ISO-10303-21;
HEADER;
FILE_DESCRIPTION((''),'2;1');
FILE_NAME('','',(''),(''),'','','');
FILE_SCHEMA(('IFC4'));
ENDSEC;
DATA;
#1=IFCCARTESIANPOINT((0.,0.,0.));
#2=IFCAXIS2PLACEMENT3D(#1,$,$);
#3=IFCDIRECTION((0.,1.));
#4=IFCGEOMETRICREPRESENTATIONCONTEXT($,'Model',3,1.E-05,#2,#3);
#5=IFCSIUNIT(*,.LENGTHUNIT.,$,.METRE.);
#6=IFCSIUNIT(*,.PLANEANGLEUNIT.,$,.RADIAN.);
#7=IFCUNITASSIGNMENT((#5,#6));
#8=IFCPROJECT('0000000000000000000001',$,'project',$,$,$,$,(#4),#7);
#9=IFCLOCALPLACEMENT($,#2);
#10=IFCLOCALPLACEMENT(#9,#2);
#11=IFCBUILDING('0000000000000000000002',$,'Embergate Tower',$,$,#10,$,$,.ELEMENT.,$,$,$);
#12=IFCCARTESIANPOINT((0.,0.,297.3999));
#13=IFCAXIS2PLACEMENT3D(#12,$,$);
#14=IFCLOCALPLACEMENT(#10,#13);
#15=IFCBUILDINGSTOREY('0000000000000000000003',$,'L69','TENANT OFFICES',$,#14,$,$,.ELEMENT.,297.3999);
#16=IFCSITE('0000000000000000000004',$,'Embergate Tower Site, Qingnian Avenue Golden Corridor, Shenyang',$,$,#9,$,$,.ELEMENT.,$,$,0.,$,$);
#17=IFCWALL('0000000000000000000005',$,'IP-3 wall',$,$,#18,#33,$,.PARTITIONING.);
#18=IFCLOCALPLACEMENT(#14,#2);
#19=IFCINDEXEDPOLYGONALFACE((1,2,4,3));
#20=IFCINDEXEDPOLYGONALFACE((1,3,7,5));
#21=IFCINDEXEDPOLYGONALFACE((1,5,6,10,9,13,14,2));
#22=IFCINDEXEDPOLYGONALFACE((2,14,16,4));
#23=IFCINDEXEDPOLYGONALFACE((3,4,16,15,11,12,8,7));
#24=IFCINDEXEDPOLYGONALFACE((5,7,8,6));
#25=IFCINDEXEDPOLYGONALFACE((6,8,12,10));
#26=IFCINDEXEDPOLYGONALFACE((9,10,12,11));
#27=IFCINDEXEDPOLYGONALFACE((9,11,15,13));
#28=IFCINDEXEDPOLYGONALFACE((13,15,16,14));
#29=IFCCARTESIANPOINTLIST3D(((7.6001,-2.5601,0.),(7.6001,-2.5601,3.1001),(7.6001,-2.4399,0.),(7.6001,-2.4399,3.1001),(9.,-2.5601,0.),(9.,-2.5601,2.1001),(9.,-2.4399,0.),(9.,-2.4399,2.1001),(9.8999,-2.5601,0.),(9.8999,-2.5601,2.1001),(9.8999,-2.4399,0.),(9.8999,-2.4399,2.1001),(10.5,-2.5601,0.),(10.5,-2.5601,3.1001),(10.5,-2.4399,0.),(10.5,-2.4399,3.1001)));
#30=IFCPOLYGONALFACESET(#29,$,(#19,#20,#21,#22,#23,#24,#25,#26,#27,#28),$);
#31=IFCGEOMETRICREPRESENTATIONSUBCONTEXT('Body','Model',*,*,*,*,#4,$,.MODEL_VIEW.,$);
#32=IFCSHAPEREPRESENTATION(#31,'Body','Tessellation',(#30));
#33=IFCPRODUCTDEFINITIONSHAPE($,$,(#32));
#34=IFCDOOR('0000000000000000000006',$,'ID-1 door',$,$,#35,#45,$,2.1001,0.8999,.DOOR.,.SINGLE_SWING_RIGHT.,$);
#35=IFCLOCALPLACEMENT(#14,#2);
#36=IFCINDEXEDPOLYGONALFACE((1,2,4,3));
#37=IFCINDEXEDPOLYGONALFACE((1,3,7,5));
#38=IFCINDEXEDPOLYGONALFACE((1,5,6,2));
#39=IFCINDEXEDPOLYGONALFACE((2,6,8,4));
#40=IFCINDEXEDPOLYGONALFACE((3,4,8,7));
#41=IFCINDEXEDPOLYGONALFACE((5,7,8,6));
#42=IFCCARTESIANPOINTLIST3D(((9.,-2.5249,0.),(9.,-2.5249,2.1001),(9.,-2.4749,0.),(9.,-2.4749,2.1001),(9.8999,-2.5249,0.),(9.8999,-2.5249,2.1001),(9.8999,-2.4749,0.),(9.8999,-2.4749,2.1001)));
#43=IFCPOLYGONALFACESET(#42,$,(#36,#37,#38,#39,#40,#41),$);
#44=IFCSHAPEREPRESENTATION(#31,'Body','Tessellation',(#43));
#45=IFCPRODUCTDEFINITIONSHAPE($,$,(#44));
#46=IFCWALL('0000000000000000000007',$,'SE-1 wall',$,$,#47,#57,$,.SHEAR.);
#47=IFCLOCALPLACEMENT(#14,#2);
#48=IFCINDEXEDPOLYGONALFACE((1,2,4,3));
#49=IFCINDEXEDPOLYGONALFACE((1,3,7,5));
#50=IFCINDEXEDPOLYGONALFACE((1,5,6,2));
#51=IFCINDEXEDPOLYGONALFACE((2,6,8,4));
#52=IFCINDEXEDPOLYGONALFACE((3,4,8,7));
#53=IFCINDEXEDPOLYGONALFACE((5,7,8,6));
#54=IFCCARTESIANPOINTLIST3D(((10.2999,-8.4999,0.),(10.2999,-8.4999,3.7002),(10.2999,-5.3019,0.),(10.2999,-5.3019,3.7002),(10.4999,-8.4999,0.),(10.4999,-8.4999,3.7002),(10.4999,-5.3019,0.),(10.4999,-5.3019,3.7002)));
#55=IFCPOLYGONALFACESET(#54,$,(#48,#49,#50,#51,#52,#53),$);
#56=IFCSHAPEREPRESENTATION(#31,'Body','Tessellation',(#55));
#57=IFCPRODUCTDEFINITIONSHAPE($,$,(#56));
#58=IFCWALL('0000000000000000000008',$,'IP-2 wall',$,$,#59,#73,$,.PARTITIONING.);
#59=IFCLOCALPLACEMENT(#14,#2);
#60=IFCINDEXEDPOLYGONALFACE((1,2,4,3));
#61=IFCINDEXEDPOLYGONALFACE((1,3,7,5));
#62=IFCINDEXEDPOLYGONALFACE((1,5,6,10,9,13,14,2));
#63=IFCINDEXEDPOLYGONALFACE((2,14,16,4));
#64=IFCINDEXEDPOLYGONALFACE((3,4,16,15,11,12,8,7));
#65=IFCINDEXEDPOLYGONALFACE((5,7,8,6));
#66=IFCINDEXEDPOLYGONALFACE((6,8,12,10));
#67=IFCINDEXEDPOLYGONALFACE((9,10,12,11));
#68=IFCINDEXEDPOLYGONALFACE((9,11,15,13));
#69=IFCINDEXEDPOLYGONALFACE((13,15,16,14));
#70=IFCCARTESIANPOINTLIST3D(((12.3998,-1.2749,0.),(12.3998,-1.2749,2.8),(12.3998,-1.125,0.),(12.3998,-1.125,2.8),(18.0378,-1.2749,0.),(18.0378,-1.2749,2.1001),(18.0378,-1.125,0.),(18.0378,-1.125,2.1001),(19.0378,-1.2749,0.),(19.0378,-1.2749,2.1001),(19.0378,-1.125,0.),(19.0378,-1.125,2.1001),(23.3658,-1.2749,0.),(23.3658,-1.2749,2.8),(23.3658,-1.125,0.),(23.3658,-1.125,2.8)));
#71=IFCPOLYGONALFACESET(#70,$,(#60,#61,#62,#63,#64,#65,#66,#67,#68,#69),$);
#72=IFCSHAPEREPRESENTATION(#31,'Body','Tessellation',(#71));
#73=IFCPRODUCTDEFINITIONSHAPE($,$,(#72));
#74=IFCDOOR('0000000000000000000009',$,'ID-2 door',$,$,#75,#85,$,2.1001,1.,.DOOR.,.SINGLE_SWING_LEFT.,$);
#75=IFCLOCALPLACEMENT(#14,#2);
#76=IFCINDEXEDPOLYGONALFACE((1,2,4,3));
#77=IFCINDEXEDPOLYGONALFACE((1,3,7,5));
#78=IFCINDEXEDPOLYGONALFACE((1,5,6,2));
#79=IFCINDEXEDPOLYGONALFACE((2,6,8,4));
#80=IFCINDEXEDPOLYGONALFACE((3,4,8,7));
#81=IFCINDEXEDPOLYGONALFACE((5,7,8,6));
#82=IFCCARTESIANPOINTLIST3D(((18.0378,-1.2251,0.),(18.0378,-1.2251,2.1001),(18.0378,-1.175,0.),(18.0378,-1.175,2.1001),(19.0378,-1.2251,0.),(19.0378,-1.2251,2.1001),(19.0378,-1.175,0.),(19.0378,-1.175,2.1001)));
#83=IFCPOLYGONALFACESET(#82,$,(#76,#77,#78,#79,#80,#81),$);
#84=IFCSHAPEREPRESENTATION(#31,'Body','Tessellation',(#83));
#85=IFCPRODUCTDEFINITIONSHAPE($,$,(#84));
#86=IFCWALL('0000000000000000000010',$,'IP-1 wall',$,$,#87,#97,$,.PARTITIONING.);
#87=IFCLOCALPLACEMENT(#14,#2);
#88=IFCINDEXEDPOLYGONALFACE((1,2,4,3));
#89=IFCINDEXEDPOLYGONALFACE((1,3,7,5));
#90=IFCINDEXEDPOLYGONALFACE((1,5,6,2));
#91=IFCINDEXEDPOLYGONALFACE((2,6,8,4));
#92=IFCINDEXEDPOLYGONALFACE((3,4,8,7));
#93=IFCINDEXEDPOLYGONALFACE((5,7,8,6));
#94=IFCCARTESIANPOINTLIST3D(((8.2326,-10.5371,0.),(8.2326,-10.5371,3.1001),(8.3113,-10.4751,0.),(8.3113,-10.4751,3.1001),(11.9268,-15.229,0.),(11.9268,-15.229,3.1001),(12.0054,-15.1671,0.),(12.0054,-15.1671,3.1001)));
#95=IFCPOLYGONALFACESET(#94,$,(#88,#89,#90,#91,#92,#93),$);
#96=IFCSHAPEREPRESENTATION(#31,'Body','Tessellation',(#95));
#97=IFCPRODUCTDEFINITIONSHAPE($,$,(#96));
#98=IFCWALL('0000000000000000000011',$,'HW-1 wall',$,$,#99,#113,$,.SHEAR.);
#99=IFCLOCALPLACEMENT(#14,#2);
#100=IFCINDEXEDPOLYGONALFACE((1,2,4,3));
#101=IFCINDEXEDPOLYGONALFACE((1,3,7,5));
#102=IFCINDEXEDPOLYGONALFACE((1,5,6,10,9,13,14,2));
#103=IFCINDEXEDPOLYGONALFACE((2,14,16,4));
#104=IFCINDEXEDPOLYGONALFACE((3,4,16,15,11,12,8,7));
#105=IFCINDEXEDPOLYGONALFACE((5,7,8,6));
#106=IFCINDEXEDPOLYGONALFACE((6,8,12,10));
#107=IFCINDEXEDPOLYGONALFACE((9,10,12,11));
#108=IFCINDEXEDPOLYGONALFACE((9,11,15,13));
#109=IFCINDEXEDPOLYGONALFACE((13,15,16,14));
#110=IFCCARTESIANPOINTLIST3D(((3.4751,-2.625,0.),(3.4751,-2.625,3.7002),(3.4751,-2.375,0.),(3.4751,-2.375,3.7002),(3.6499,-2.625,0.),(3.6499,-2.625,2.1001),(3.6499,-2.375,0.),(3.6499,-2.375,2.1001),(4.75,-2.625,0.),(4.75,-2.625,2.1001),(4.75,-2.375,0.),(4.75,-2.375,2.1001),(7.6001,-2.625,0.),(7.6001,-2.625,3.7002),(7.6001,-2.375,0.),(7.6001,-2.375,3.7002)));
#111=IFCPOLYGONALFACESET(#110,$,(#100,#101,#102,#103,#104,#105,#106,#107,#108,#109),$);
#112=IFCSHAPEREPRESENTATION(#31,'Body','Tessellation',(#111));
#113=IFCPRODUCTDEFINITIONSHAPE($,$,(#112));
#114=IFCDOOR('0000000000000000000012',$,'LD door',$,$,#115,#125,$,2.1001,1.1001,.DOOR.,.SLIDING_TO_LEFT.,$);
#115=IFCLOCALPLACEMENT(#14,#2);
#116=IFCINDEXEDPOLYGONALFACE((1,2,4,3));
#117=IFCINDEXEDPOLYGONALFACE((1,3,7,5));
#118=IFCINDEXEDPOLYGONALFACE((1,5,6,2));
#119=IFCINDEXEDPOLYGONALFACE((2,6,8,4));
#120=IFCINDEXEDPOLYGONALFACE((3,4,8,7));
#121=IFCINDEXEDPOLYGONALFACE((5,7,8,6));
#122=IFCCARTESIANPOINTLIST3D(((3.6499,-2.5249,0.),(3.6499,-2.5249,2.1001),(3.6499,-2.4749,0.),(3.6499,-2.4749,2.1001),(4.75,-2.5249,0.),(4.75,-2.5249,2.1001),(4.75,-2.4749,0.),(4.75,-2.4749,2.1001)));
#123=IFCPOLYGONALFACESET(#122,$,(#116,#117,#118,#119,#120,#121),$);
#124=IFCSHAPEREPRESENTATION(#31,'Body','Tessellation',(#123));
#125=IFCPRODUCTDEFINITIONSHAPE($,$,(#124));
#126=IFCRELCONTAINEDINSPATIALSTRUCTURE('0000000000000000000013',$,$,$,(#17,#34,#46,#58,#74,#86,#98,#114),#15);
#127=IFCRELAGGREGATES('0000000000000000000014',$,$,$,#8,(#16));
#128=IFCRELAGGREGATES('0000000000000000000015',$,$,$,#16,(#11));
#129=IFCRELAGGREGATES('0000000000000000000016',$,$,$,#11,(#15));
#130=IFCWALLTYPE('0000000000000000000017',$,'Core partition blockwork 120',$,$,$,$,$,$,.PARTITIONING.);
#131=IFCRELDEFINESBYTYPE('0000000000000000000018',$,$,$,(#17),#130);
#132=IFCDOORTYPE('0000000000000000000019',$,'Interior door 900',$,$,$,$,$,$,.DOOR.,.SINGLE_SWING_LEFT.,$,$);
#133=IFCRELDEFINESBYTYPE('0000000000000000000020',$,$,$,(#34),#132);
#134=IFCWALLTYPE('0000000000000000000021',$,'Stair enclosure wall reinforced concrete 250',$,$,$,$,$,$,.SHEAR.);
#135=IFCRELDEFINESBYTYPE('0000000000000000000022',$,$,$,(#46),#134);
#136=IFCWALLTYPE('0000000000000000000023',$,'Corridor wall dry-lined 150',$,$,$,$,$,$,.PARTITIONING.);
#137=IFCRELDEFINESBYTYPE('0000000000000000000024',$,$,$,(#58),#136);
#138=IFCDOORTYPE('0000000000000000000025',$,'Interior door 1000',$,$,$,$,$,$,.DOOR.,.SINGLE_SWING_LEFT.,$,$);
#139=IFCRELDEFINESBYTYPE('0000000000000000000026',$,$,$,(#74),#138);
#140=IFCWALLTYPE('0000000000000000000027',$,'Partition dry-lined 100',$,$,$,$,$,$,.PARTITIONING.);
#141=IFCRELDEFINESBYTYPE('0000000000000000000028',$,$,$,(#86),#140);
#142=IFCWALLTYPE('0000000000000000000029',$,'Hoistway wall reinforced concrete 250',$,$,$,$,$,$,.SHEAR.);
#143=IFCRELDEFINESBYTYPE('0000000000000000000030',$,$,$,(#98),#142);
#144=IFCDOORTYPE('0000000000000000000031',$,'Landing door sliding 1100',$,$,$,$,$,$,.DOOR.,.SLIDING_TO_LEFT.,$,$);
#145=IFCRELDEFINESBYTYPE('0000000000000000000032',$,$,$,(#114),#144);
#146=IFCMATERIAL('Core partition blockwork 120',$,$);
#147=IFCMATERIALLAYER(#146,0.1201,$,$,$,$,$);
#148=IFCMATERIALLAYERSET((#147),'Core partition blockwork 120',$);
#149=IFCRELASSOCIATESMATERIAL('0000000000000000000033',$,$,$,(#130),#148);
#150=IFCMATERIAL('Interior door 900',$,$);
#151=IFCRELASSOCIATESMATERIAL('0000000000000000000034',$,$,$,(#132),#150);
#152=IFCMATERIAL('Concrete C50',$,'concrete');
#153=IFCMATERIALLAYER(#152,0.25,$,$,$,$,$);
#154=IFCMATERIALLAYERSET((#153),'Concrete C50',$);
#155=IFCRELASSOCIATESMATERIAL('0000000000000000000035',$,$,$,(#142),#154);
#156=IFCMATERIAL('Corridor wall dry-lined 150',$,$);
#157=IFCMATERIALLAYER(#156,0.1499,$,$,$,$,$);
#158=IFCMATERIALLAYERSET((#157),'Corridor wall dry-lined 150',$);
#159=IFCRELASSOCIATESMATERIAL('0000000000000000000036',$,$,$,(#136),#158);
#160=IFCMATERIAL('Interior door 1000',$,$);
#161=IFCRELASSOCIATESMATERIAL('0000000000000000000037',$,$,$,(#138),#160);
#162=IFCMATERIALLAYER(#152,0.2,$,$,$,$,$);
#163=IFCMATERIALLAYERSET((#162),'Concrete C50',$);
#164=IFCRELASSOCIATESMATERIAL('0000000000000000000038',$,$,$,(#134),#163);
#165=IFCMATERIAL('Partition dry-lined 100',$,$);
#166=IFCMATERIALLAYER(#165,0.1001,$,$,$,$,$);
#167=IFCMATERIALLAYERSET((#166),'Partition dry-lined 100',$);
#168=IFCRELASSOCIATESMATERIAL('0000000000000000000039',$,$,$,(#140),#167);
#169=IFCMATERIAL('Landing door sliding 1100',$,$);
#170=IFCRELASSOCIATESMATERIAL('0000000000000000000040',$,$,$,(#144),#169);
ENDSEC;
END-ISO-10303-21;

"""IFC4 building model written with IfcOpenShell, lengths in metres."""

from ifc_helpers import new_model, si_unit, direction, frame, frame_2d, origin, place, context, subcontext, project, spatial, rectangle, extrude, source, transform, mapped, material, layer, layer_set, type_object, element, fill, save


model = new_model("IFC4")

# Units and contexts
model_context = context("Model", 3, precision=1e-05, world=origin(), true_north=direction((0.0, 1.0)))
body_context = subcontext(model_context, "Body", "Model", "MODEL_VIEW")
ifc_project = project(units=[si_unit("LENGTHUNIT", "METRE"), si_unit("PLANEANGLEUNIT", "RADIAN")], contexts=[model_context])

# Site, building, storey
site_placement = place(None, origin())
site = spatial("IfcSite", under=ifc_project, at=site_placement, Name="Embergate Tower Site, Qingnian Avenue Golden Corridor, Shenyang", CompositionType="ELEMENT", RefElevation=0.0)
building_placement = place(site_placement, origin())
building = spatial("IfcBuilding", under=site, at=building_placement, Name="Embergate Tower", CompositionType="ELEMENT")
storey_placement = place(building_placement, frame((0.0, 0.0, 297.3999)))
storey = spatial("IfcBuildingStorey", under=building, at=storey_placement, Name="L69", Description="TENANT OFFICES", CompositionType="ELEMENT", Elevation=297.3999)

# Shared definitions
ifc_material_1 = material(Name="Concrete C50", Category="concrete")
ifc_material_2 = material(Name="Core partition blockwork 120")
ifc_layer_1 = layer(ifc_material_2, 0.1201)
ifc_layer_set_1 = layer_set([ifc_layer_1], Name="Core partition blockwork 120")
wall_type_1 = type_object("IfcWallType", Name="Core partition blockwork 120", PredefinedType="PARTITIONING", material=ifc_layer_set_1)
shared_shape_1 = source(origin(), body_context, "Body", "SweptSolid", [
    extrude(rectangle(XDim=0.8999, YDim=2.1001, at=frame_2d((0.45, 1.05))), frame((0.0, 0.0701, 0.0), z_axis=(0.0, -1.0, 0.0), x_axis=(1.0, 0.0, 0.0)), (0.0, 0.0, 1.0), 0.1401),
])
ifc_material_3 = material(Name="Interior door 900")
door_type_1 = type_object("IfcDoorType", Name="Interior door 900", OperationType="SINGLE_SWING_LEFT", PredefinedType="DOOR", material=ifc_material_3)
shared_shape_2 = source(origin(), body_context, "Body", "SweptSolid", [
    extrude(rectangle(XDim=0.8999, YDim=2.1001, at=frame_2d((0.45, 1.05))), frame((0.0, 0.0249, 0.0), z_axis=(0.0, -1.0, 0.0), x_axis=(1.0, 0.0, 0.0)), (0.0, 0.0, 1.0), 0.05),
])

# Shared definitions
ifc_layer_2 = layer(ifc_material_1, 0.25)
ifc_layer_set_2 = layer_set([ifc_layer_2], Name="Concrete C50")
wall_type_2 = type_object("IfcWallType", Name="Hoistway wall reinforced concrete 250", PredefinedType="SHEAR", material=ifc_layer_set_2)
ifc_material_4 = material(Name="Corridor wall dry-lined 150")
ifc_layer_3 = layer(ifc_material_4, 0.1499)
ifc_layer_set_3 = layer_set([ifc_layer_3], Name="Corridor wall dry-lined 150")
wall_type_3 = type_object("IfcWallType", Name="Corridor wall dry-lined 150", PredefinedType="PARTITIONING", material=ifc_layer_set_3)

# Wall, opening, door
shared_shape_3 = source(origin(), body_context, "Body", "SweptSolid", [
    extrude(rectangle(XDim=1.0, YDim=2.1001, at=frame_2d((0.5, 1.05))), frame((0.0, 0.085, 0.0), z_axis=(0.0, -1.0, 0.0), x_axis=(1.0, 0.0, 0.0)), (0.0, 0.0, 1.0), 0.1699),
])
ifc_material_5 = material(Name="Interior door 1000")
door_type_2 = type_object("IfcDoorType", Name="Interior door 1000", OperationType="SINGLE_SWING_LEFT", PredefinedType="DOOR", material=ifc_material_5)
shared_shape_4 = source(origin(), body_context, "Body", "SweptSolid", [
    extrude(rectangle(XDim=1.0, YDim=2.1001, at=frame_2d((0.5, 1.05))), frame((0.0, 0.0249, 0.0), z_axis=(0.0, -1.0, 0.0), x_axis=(1.0, 0.0, 0.0)), (0.0, 0.0, 1.0), 0.05),
])
shared_shape_5 = source(origin(), body_context, "Body", "SweptSolid", [
    extrude(rectangle(XDim=2.8999, YDim=0.1201, at=frame_2d((1.45, 0.0))), origin(), (0.0, 0.0, 1.0), 3.1001),
])
wall_1_placement = place(storey_placement, frame((10.5, -2.5, 0.0), z_axis=(0.0, 0.0, 1.0), x_axis=(-1.0, 0.0, 0.0)))
wall_1 = element("IfcWall", 1, at=wall_1_placement, inside=storey, type_object=wall_type_1, Name="IP-3 wall", PredefinedType="PARTITIONING", context=body_context, shape_type="MappedRepresentation", body=[
    mapped(shared_shape_5, transform((0.0, 0.0, 0.0))),
])
opening_1_placement = place(wall_1_placement, frame((0.6001, 0.0, 0.0)))
opening_1 = element("IfcOpeningElement", 2, at=opening_1_placement, cuts=wall_1, PredefinedType="OPENING", context=body_context, shape_type="MappedRepresentation", body=[
    mapped(shared_shape_1, transform((0.0, 0.0, 0.0))),
])
door_1_placement = place(opening_1_placement, origin())
door_1 = element("IfcDoor", 3, at=door_1_placement, inside=storey, type_object=door_type_1, Name="ID-1 door", OperationType="SINGLE_SWING_RIGHT", OverallHeight=2.1001, OverallWidth=0.8999, PredefinedType="DOOR", context=body_context, shape_type="MappedRepresentation", body=[
    mapped(shared_shape_2, transform((0.0, 0.0, 0.0))),
])
fill(opening_1, door_1)

# Wall
ifc_layer_4 = layer(ifc_material_1, 0.2)
ifc_layer_set_4 = layer_set([ifc_layer_4], Name="Concrete C50")
wall_type_4 = type_object("IfcWallType", Name="Stair enclosure wall reinforced concrete 250", PredefinedType="SHEAR", material=ifc_layer_set_4)
shared_shape_6 = source(origin(), body_context, "Body", "SweptSolid", [
    extrude(rectangle(XDim=3.198, YDim=0.2, at=frame_2d((1.5991, 0.0))), origin(), (0.0, 0.0, 1.0), 3.7002),
])
wall_2_placement = place(storey_placement, frame((10.3999, -8.5, 0.0), z_axis=(0.0, 0.0, 1.0), x_axis=(0.0, 1.0, 0.0)))
element("IfcWall", 4, at=wall_2_placement, inside=storey, type_object=wall_type_4, Name="SE-1 wall", PredefinedType="SHEAR", context=body_context, shape_type="MappedRepresentation", body=[
    mapped(shared_shape_6, transform((0.0, 0.0, 0.0))),
])

# Wall, opening, door
shared_shape_7 = source(origin(), body_context, "Body", "SweptSolid", [
    extrude(rectangle(XDim=10.9661, YDim=0.1499, at=frame_2d((5.4829, 0.0))), origin(), (0.0, 0.0, 1.0), 2.8),
])
wall_3_placement = place(storey_placement, frame((12.3999, -1.2, 0.0), z_axis=(0.0, 0.0, 1.0), x_axis=(1.0, 0.0, 0.0)))
wall_3 = element("IfcWall", 5, at=wall_3_placement, inside=storey, type_object=wall_type_3, Name="IP-2 wall", PredefinedType="PARTITIONING", context=body_context, shape_type="MappedRepresentation", body=[
    mapped(shared_shape_7, transform((0.0, 0.0, 0.0))),
])
opening_2_placement = place(wall_3_placement, frame((5.6379, 0.0, 0.0)))
opening_2 = element("IfcOpeningElement", 6, at=opening_2_placement, cuts=wall_3, PredefinedType="OPENING", context=body_context, shape_type="MappedRepresentation", body=[
    mapped(shared_shape_3, transform((0.0, 0.0, 0.0))),
])
door_2_placement = place(opening_2_placement, origin())
door_2 = element("IfcDoor", 7, at=door_2_placement, inside=storey, type_object=door_type_2, Name="ID-2 door", OperationType="SINGLE_SWING_LEFT", OverallHeight=2.1001, OverallWidth=1.0, PredefinedType="DOOR", context=body_context, shape_type="MappedRepresentation", body=[
    mapped(shared_shape_4, transform((0.0, 0.0, 0.0))),
])
fill(opening_2, door_2)

# Wall
ifc_material_6 = material(Name="Partition dry-lined 100")
ifc_layer_5 = layer(ifc_material_6, 0.1001)
ifc_layer_set_5 = layer_set([ifc_layer_5], Name="Partition dry-lined 100")
wall_type_5 = type_object("IfcWallType", Name="Partition dry-lined 100", PredefinedType="PARTITIONING", material=ifc_layer_set_5)
shared_shape_8 = source(origin(), body_context, "Body", "SweptSolid", [
    extrude(rectangle(XDim=5.9717, YDim=0.1001, at=frame_2d((2.9858, 0.0))), origin(), (0.0, 0.0, 1.0), 3.1001),
])
wall_4_placement = place(storey_placement, frame((8.272, -10.5061, 0.0), z_axis=(0.0, 0.0, 1.0), x_axis=(0.618608, -0.785699, 0.0)))
element("IfcWall", 8, at=wall_4_placement, inside=storey, type_object=wall_type_5, Name="IP-1 wall", PredefinedType="PARTITIONING", context=body_context, shape_type="MappedRepresentation", body=[
    mapped(shared_shape_8, transform((0.0, 0.0, 0.0))),
])

# Wall, opening, door
shared_shape_9 = source(origin(), body_context, "Body", "SweptSolid", [
    extrude(rectangle(XDim=4.125, YDim=0.25, at=frame_2d((2.0625, 0.0))), origin(), (0.0, 0.0, 1.0), 3.7002),
])
wall_5_placement = place(storey_placement, frame((7.6001, -2.5, 0.0), z_axis=(0.0, 0.0, 1.0), x_axis=(-1.0, 0.0, 0.0)))
wall_5 = element("IfcWall", 9, at=wall_5_placement, inside=storey, type_object=wall_type_2, Name="HW-1 wall", PredefinedType="SHEAR", context=body_context, shape_type="MappedRepresentation", body=[
    mapped(shared_shape_9, transform((0.0, 0.0, 0.0))),
])
shared_shape_10 = source(origin(), body_context, "Body", "SweptSolid", [
    extrude(rectangle(XDim=1.1001, YDim=2.1001, at=frame_2d((0.55, 1.05))), frame((0.0, 0.135, 0.0), z_axis=(0.0, -1.0, 0.0), x_axis=(1.0, 0.0, 0.0)), (0.0, 0.0, 1.0), 0.27),
])
opening_3_placement = place(wall_5_placement, frame((2.8501, 0.0, 0.0)))
opening_3 = element("IfcOpeningElement", 10, at=opening_3_placement, cuts=wall_5, PredefinedType="OPENING", context=body_context, shape_type="MappedRepresentation", body=[
    mapped(shared_shape_10, transform((0.0, 0.0, 0.0))),
])
ifc_material_7 = material(Name="Landing door sliding 1100")
door_type_3 = type_object("IfcDoorType", Name="Landing door sliding 1100", OperationType="SLIDING_TO_LEFT", PredefinedType="DOOR", material=ifc_material_7)
shared_shape_11 = source(origin(), body_context, "Body", "SweptSolid", [
    extrude(rectangle(XDim=1.1001, YDim=2.1001, at=frame_2d((0.55, 1.05))), frame((0.0, 0.0249, 0.0), z_axis=(0.0, -1.0, 0.0), x_axis=(1.0, 0.0, 0.0)), (0.0, 0.0, 1.0), 0.05),
])
door_3_placement = place(opening_3_placement, origin())
door_3 = element("IfcDoor", 11, at=door_3_placement, inside=storey, type_object=door_type_3, Name="LD door", OperationType="SLIDING_TO_LEFT", OverallHeight=2.1001, OverallWidth=1.1001, PredefinedType="DOOR", context=body_context, shape_type="MappedRepresentation", body=[
    mapped(shared_shape_11, transform((0.0, 0.0, 0.0))),
])
fill(opening_3, door_3)

save(model, "model.ifc")
